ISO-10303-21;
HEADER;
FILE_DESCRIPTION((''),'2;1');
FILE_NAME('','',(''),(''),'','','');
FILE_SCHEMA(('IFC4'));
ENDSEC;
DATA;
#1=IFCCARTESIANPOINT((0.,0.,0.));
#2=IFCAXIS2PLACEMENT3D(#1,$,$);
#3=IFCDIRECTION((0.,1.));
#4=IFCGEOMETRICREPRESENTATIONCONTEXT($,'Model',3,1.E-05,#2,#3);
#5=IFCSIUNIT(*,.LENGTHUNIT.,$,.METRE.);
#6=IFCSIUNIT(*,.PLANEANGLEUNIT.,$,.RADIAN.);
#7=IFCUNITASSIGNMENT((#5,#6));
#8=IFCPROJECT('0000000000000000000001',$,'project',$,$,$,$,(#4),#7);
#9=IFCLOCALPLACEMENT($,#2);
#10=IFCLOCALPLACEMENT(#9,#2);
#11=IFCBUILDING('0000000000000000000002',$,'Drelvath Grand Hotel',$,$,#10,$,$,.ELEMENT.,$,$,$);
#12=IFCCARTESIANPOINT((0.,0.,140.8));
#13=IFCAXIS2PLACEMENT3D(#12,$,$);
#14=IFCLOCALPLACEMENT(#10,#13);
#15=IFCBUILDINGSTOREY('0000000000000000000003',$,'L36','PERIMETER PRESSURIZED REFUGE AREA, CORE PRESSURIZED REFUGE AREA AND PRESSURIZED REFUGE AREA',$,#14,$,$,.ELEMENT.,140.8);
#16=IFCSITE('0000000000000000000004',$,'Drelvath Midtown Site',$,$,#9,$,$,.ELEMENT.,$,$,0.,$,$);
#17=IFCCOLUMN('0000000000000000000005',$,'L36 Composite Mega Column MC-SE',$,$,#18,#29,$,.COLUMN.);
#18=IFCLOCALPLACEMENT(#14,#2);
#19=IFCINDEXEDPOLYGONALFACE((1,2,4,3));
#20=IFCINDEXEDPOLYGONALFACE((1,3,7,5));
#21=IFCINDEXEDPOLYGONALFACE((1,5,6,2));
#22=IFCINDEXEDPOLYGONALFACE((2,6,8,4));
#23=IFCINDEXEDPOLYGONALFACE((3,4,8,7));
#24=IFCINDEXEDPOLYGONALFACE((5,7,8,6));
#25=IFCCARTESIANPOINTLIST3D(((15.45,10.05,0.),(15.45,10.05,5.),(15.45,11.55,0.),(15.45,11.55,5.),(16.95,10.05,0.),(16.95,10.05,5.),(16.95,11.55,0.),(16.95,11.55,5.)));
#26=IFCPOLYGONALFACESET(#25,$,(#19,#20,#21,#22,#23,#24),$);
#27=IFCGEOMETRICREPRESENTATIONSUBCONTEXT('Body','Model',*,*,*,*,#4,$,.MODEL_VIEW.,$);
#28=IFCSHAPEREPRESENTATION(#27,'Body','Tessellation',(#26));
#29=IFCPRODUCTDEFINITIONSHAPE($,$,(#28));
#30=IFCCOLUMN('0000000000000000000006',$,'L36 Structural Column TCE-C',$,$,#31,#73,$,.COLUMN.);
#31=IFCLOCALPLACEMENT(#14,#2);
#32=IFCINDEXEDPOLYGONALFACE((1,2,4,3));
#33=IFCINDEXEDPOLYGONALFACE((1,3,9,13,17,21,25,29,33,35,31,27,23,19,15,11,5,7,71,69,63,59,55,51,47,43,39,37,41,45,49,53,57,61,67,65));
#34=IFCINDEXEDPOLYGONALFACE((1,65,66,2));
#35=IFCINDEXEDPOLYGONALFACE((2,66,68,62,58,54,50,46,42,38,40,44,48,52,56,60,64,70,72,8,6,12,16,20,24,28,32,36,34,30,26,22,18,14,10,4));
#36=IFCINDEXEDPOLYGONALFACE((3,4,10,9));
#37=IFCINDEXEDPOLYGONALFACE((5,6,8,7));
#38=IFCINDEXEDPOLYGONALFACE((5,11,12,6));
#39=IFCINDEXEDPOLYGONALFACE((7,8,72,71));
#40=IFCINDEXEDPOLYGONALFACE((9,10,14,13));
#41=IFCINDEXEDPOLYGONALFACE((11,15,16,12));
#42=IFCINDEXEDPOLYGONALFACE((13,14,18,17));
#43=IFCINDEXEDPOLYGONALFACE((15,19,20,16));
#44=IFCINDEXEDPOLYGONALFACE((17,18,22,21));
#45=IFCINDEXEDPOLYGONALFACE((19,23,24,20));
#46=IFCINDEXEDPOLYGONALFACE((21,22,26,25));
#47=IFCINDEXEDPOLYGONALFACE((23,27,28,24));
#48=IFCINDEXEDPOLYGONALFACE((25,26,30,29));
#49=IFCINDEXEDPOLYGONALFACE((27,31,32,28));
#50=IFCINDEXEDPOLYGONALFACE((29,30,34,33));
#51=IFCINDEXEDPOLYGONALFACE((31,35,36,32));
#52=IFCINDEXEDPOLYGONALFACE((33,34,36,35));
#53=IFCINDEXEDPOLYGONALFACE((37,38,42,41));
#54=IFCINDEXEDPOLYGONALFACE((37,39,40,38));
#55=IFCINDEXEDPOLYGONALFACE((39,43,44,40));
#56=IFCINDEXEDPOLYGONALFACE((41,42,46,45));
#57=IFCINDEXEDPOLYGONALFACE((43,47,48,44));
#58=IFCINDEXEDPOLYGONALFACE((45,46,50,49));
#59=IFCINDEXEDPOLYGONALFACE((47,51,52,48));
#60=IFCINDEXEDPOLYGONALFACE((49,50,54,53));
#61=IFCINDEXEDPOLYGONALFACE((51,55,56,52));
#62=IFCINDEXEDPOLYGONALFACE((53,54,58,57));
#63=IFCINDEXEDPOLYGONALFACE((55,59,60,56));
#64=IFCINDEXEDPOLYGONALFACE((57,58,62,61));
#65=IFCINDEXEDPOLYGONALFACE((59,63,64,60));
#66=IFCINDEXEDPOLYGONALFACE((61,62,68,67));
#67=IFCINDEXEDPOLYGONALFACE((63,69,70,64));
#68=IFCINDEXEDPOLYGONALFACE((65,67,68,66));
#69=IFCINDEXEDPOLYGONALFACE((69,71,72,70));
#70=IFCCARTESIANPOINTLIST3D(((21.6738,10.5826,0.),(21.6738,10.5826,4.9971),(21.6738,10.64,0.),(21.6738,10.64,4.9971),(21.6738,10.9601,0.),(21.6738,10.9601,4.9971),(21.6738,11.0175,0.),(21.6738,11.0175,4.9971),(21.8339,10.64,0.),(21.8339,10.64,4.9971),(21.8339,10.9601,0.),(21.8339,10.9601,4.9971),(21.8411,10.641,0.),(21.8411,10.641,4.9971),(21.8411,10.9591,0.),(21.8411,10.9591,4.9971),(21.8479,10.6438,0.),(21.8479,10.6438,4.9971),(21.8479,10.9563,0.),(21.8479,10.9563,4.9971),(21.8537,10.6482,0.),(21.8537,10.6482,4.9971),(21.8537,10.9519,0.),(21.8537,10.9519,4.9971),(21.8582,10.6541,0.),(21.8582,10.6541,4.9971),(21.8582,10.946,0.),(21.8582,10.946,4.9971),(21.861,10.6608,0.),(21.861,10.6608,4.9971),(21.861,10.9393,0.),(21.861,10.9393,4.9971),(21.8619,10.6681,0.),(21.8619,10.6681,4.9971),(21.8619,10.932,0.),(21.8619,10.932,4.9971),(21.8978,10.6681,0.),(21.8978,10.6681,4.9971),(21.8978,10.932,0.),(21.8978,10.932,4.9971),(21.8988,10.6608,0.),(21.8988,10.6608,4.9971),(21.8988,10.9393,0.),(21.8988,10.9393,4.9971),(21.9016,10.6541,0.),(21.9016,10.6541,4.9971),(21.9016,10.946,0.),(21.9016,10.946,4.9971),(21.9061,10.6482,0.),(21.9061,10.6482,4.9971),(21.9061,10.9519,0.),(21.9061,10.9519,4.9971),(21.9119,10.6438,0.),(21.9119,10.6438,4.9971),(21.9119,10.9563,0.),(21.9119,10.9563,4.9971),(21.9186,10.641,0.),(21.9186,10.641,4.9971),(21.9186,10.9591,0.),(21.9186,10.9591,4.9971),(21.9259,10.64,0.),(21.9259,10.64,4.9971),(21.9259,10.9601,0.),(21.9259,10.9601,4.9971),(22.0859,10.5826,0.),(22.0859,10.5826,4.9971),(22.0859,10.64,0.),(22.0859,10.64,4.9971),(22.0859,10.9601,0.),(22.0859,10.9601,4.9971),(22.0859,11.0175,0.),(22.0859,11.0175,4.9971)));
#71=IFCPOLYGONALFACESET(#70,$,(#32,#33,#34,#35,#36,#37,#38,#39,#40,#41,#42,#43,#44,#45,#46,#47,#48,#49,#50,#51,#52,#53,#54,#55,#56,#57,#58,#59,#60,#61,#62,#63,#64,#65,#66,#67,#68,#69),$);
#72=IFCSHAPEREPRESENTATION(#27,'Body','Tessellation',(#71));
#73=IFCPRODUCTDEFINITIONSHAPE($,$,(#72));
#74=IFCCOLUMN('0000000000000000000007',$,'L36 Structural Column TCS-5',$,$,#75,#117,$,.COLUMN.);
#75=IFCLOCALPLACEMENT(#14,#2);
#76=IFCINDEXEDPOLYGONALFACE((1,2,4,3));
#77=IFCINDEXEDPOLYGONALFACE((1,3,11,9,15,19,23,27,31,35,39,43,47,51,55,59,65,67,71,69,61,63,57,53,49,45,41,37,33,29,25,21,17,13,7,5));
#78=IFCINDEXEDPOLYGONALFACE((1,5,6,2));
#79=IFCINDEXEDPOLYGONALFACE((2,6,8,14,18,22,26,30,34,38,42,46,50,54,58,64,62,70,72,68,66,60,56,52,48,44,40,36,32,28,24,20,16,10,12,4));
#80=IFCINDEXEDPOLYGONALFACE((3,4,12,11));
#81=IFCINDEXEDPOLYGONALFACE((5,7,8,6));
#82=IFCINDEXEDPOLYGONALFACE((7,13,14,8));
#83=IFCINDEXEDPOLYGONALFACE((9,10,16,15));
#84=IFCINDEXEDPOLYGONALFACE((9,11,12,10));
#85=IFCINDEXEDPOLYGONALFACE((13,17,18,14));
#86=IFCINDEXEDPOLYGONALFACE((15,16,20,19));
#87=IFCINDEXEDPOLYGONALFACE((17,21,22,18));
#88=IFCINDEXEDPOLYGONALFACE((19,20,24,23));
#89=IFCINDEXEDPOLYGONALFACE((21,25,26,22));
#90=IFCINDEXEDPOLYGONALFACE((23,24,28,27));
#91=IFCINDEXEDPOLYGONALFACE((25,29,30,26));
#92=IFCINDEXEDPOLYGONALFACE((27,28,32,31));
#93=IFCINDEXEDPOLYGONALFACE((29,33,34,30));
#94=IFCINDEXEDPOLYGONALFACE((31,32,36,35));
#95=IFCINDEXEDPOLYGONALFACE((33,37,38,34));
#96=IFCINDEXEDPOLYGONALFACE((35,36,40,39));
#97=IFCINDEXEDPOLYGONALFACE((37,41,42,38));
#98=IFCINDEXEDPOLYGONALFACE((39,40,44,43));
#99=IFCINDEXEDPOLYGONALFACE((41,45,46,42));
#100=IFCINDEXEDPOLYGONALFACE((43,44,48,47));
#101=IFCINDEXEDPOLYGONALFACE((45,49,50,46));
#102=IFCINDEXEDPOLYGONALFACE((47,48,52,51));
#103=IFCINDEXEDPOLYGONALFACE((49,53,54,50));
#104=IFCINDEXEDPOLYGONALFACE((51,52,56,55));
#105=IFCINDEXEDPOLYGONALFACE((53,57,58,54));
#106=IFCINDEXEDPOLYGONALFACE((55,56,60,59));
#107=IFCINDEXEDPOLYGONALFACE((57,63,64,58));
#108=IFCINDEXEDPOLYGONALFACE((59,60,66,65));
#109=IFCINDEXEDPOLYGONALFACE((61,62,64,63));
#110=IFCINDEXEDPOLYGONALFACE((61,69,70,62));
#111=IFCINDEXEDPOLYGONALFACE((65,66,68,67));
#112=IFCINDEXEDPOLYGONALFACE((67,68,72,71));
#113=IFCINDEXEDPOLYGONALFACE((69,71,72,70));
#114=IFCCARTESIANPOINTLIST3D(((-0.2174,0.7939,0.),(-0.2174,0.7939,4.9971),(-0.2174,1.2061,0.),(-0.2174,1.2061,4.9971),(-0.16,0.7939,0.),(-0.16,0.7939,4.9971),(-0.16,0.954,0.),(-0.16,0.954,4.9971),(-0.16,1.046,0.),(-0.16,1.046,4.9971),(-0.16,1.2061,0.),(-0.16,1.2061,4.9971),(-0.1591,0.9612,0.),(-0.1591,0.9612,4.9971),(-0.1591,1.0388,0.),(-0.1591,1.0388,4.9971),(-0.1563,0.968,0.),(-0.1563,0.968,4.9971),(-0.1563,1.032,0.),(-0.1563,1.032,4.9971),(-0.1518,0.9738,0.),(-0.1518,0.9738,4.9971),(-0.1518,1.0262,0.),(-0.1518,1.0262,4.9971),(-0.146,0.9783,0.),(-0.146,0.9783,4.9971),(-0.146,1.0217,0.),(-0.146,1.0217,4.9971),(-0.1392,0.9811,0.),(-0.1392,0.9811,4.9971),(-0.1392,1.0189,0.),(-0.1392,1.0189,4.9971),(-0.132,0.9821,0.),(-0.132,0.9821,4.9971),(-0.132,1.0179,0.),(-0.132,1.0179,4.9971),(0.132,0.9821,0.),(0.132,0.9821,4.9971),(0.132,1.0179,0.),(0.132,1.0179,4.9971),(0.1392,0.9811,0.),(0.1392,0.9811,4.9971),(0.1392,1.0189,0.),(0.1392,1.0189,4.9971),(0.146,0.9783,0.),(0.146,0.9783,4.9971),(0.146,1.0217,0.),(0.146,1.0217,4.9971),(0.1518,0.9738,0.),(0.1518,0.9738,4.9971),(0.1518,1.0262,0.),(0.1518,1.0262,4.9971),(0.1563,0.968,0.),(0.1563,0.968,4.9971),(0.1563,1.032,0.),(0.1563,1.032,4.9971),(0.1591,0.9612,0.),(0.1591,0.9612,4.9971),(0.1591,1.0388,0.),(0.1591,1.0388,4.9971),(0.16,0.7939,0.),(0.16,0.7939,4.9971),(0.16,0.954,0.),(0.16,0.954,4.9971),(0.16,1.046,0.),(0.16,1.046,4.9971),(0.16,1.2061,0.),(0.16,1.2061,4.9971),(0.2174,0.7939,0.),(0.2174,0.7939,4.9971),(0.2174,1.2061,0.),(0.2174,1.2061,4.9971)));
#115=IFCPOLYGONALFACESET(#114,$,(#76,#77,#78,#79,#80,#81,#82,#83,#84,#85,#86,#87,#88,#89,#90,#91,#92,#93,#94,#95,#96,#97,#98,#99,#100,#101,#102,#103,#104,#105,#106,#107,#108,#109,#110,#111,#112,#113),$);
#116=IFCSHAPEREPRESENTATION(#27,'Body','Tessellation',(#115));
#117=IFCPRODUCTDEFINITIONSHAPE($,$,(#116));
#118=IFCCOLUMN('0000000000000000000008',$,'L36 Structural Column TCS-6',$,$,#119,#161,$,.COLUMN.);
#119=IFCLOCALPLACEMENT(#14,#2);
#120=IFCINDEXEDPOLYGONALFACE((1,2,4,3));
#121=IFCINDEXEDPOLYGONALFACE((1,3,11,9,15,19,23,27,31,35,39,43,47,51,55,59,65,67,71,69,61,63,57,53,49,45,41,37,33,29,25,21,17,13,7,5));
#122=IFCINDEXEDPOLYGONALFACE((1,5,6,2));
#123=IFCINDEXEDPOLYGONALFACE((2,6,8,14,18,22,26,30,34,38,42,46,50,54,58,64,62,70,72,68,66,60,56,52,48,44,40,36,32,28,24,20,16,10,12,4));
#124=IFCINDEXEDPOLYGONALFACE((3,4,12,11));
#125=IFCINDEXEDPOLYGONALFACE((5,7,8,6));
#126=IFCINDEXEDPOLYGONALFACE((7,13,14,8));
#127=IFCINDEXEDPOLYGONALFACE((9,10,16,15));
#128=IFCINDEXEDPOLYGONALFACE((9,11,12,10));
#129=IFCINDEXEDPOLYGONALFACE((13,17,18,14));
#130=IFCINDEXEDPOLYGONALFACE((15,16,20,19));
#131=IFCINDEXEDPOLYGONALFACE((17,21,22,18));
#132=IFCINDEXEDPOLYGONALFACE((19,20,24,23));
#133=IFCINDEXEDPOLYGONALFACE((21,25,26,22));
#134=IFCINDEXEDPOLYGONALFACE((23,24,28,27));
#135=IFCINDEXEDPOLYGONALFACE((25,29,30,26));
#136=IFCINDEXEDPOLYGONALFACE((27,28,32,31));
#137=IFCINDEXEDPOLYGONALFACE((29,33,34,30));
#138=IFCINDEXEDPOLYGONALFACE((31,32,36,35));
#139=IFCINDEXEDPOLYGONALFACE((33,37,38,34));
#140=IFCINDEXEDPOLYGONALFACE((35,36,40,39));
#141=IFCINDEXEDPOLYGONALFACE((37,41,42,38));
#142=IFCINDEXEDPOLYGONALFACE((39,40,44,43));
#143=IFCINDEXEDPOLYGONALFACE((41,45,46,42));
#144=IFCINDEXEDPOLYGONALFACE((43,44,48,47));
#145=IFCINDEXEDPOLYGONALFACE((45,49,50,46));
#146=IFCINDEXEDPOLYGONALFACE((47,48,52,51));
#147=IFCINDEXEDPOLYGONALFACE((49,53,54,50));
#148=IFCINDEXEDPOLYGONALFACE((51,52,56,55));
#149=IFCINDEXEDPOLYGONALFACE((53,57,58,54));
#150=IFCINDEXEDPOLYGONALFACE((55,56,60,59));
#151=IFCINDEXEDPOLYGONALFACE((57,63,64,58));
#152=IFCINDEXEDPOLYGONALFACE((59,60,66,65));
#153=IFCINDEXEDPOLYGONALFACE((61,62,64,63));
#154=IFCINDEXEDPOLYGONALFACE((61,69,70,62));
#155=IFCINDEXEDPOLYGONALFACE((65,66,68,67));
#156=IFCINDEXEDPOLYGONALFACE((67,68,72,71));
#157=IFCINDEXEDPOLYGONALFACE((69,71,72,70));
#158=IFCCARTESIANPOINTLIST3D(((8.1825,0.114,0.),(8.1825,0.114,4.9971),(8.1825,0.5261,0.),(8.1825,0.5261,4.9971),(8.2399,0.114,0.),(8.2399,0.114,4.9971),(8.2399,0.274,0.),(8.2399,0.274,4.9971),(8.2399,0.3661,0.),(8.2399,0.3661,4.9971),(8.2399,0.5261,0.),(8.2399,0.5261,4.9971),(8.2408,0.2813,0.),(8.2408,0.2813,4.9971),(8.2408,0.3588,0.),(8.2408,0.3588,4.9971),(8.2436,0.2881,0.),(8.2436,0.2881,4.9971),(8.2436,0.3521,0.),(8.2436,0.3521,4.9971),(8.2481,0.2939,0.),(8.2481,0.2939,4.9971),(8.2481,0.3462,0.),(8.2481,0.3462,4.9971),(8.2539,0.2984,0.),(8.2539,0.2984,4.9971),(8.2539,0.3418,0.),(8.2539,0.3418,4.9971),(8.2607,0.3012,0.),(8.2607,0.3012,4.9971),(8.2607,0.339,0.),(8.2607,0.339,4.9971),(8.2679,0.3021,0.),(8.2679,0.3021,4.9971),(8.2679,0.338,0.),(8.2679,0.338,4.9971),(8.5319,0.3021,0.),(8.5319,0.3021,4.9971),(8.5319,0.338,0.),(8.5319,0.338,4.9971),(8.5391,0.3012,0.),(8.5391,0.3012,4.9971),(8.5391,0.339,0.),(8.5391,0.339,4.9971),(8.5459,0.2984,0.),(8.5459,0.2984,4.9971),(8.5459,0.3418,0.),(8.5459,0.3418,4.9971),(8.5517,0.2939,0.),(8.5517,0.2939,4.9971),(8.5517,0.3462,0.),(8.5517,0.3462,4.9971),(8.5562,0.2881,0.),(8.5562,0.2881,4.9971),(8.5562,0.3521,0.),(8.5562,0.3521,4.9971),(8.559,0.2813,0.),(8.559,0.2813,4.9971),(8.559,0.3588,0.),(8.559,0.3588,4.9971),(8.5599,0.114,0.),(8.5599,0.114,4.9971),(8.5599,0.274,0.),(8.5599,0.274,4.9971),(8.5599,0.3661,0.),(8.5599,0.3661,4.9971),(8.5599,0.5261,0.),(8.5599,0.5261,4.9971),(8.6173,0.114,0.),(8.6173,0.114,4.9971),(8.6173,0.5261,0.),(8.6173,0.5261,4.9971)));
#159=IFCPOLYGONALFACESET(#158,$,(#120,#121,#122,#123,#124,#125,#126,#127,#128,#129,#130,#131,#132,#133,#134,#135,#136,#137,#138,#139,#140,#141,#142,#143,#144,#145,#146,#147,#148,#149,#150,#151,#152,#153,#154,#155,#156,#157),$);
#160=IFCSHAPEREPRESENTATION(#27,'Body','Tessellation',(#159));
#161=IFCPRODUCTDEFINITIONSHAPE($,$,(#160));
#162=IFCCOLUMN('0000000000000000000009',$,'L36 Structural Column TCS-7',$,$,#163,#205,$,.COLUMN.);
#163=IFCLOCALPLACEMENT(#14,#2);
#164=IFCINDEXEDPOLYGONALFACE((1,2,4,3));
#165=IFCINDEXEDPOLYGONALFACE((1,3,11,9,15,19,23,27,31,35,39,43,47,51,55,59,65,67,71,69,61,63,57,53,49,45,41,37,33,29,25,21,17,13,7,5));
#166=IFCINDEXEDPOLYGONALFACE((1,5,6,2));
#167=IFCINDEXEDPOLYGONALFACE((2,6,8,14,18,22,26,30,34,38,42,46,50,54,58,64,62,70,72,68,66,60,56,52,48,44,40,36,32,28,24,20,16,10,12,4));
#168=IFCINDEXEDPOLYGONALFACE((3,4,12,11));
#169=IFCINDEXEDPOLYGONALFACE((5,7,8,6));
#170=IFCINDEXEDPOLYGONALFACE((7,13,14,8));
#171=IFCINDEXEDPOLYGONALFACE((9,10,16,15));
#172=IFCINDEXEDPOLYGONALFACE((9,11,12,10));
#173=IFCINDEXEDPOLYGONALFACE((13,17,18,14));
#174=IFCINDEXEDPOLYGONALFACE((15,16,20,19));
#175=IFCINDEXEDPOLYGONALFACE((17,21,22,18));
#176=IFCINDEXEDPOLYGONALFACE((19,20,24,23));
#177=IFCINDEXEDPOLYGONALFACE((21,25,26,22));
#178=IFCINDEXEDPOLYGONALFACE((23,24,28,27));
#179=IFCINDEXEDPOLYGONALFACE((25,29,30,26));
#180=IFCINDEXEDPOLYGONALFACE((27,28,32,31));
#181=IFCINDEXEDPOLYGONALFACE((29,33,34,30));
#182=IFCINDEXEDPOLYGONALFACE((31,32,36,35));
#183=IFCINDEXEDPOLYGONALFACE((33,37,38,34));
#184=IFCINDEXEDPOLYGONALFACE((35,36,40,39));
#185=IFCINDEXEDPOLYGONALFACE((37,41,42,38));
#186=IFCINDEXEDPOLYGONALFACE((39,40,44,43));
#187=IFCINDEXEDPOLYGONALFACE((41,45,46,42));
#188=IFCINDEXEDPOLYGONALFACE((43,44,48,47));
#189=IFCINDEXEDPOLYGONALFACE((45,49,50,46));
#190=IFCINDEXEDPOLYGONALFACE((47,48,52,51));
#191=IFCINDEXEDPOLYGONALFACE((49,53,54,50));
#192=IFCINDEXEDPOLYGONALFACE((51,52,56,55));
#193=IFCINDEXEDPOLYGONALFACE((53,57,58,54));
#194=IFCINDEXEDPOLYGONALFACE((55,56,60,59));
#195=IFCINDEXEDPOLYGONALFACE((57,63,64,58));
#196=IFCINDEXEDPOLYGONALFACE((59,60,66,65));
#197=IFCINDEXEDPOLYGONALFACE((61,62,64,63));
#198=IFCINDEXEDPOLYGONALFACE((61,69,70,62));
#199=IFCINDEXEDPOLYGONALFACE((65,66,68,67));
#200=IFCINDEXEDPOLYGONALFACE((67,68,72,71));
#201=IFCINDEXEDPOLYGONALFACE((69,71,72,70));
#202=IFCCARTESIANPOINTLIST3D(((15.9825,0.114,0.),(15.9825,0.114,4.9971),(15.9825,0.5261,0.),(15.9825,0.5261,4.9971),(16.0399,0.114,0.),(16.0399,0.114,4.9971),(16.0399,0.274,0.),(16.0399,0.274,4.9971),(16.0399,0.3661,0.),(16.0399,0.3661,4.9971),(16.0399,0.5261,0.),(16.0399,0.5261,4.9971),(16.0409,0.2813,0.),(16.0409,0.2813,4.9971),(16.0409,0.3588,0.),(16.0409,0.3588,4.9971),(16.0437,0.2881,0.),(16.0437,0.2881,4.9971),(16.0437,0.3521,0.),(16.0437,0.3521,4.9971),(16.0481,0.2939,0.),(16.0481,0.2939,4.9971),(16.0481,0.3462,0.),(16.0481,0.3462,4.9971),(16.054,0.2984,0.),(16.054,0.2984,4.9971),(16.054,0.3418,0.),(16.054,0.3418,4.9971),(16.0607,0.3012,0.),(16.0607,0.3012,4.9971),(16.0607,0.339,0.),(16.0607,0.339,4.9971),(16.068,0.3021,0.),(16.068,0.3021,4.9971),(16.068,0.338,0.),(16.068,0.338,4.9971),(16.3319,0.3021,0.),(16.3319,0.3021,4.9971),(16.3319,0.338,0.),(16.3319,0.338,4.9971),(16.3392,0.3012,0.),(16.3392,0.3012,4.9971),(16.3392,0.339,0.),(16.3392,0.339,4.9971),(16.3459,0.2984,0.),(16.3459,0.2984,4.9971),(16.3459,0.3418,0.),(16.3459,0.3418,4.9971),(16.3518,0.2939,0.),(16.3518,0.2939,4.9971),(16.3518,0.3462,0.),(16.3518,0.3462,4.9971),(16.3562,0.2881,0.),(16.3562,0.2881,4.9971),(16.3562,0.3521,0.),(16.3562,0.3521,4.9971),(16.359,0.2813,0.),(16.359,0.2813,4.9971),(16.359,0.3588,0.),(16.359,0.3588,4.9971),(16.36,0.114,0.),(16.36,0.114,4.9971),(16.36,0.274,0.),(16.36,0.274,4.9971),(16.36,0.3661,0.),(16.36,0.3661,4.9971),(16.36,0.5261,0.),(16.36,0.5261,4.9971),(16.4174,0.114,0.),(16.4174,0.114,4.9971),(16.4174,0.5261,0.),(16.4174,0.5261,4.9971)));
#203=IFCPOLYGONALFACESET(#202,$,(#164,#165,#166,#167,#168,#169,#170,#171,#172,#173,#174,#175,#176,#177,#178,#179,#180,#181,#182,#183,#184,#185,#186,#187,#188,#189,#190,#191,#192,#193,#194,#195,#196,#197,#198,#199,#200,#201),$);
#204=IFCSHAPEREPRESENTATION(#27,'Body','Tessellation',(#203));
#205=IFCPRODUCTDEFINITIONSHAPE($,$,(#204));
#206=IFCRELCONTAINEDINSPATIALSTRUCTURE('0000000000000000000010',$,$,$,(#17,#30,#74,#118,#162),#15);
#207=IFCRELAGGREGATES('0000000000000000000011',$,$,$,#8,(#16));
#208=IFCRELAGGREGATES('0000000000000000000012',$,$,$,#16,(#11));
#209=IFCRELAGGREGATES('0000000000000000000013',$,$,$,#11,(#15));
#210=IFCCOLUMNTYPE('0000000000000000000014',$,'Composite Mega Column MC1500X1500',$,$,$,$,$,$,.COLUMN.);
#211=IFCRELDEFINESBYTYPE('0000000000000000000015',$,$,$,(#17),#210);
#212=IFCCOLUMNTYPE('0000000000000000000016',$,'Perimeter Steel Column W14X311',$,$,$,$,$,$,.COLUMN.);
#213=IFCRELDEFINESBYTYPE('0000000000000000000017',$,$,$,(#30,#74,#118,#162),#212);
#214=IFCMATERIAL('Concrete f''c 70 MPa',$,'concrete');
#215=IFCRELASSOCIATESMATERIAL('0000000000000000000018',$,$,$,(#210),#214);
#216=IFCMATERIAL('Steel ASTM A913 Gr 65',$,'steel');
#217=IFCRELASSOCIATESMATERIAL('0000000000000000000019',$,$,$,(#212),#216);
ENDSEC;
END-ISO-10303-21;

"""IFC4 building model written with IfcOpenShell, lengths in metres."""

from ifc_helpers import new_model, si_unit, direction, frame, origin, origin_2d, place, context, subcontext, project, spatial, rectangle, i_section, extrude, material, material_profile, profile_set, type_object, element, save


model = new_model("IFC4")

# Units and contexts
model_context = context("Model", 3, precision=1e-05, world=origin(), true_north=direction((0.0, 1.0)))
body_context = subcontext(model_context, "Body", "Model", "MODEL_VIEW")
ifc_project = project(units=[si_unit("LENGTHUNIT", "METRE"), si_unit("PLANEANGLEUNIT", "RADIAN")], contexts=[model_context])

# Site, building, storey
site_placement = place(None, origin())
site = spatial("IfcSite", under=ifc_project, at=site_placement, Name="Drelvath Midtown Site", CompositionType="ELEMENT", RefElevation=0.0)
building_placement = place(site_placement, origin())
building = spatial("IfcBuilding", under=site, at=building_placement, Name="Drelvath Grand Hotel", CompositionType="ELEMENT")
storey_placement = place(building_placement, frame((0.0, 0.0, 140.8)))
storey = spatial("IfcBuildingStorey", under=building, at=storey_placement, Name="L36", Description="PERIMETER PRESSURIZED REFUGE AREA, CORE PRESSURIZED REFUGE AREA AND PRESSURIZED REFUGE AREA", CompositionType="ELEMENT", Elevation=140.8)

# Columns
ifc_material_1 = material(Name="Concrete f'c 70 MPa", Category="concrete")
ifc_material_profile_1 = material_profile(ifc_material_1, rectangle(XDim=1.5, YDim=1.5, at=origin_2d()), Name="MC1500X1500")
ifc_profile_set_1 = profile_set([ifc_material_profile_1], Name="Concrete f'c 70 MPa")
column_type_1 = type_object("IfcColumnType", Name="Composite Mega Column MC1500X1500", PredefinedType="COLUMN", material=ifc_profile_set_1)
column_placement = place(storey_placement, frame((16.2, 10.8, 0.0), z_axis=(0.0, 0.0, 1.0), x_axis=(1.0, 0.0, 0.0)))
element("IfcColumn", 1, at=column_placement, inside=storey, type_object=column_type_1, Name="L36 Composite Mega Column MC-SE", PredefinedType="COLUMN", context=body_context, shape_type="SweptSolid", body=[
    extrude(rectangle(XDim=1.5, YDim=1.5, at=origin_2d()), origin(), (0.0, 0.0, 1.0), 5.0),
])
ifc_material_2 = material(Name="Steel ASTM A913 Gr 65", Category="steel")
ifc_material_profile_2 = material_profile(ifc_material_2, i_section(OverallWidth=0.4121, OverallDepth=0.4348, WebThickness=0.0359, FlangeThickness=0.0574, FilletRadius=0.0281, at=origin_2d()), Name="W14X311")
ifc_profile_set_2 = profile_set([ifc_material_profile_2], Name="Steel ASTM A913 Gr 65")
column_type_2 = type_object("IfcColumnType", Name="Perimeter Steel Column W14X311", PredefinedType="COLUMN", material=ifc_profile_set_2)
for number, where, z_axis, x_axis, name in (
    (2, (21.8799, 10.8, 0.0), (0.0, 0.0, 1.0), (1.0, 0.0, 0.0), "L36 Structural Column TCE-C"),
    (3, (0.0, 1.0, 0.0), (0.0, 0.0, 1.0), (0.0, 1.0, 0.0), "L36 Structural Column TCS-5"),
    (4, (8.3999, 0.3201, 0.0), (0.0, 0.0, 1.0), (0.0, 1.0, 0.0), "L36 Structural Column TCS-6"),
    (5, (16.2, 0.3201, 0.0), (0.0, 0.0, 1.0), (0.0, 1.0, 0.0), "L36 Structural Column TCS-7"),
):
    element("IfcColumn", number, at=place(storey_placement, frame(where, z_axis=z_axis, x_axis=x_axis)), inside=storey, type_object=column_type_2, Name=name, PredefinedType="COLUMN", context=body_context, shape_type="SweptSolid", body=[
        extrude(i_section(OverallWidth=0.4121, OverallDepth=0.4348, WebThickness=0.0359, FlangeThickness=0.0574, FilletRadius=0.0281, at=origin_2d()), origin(), (0.0, 0.0, 1.0), 4.9971),
    ])

save(model, "model.ifc")
